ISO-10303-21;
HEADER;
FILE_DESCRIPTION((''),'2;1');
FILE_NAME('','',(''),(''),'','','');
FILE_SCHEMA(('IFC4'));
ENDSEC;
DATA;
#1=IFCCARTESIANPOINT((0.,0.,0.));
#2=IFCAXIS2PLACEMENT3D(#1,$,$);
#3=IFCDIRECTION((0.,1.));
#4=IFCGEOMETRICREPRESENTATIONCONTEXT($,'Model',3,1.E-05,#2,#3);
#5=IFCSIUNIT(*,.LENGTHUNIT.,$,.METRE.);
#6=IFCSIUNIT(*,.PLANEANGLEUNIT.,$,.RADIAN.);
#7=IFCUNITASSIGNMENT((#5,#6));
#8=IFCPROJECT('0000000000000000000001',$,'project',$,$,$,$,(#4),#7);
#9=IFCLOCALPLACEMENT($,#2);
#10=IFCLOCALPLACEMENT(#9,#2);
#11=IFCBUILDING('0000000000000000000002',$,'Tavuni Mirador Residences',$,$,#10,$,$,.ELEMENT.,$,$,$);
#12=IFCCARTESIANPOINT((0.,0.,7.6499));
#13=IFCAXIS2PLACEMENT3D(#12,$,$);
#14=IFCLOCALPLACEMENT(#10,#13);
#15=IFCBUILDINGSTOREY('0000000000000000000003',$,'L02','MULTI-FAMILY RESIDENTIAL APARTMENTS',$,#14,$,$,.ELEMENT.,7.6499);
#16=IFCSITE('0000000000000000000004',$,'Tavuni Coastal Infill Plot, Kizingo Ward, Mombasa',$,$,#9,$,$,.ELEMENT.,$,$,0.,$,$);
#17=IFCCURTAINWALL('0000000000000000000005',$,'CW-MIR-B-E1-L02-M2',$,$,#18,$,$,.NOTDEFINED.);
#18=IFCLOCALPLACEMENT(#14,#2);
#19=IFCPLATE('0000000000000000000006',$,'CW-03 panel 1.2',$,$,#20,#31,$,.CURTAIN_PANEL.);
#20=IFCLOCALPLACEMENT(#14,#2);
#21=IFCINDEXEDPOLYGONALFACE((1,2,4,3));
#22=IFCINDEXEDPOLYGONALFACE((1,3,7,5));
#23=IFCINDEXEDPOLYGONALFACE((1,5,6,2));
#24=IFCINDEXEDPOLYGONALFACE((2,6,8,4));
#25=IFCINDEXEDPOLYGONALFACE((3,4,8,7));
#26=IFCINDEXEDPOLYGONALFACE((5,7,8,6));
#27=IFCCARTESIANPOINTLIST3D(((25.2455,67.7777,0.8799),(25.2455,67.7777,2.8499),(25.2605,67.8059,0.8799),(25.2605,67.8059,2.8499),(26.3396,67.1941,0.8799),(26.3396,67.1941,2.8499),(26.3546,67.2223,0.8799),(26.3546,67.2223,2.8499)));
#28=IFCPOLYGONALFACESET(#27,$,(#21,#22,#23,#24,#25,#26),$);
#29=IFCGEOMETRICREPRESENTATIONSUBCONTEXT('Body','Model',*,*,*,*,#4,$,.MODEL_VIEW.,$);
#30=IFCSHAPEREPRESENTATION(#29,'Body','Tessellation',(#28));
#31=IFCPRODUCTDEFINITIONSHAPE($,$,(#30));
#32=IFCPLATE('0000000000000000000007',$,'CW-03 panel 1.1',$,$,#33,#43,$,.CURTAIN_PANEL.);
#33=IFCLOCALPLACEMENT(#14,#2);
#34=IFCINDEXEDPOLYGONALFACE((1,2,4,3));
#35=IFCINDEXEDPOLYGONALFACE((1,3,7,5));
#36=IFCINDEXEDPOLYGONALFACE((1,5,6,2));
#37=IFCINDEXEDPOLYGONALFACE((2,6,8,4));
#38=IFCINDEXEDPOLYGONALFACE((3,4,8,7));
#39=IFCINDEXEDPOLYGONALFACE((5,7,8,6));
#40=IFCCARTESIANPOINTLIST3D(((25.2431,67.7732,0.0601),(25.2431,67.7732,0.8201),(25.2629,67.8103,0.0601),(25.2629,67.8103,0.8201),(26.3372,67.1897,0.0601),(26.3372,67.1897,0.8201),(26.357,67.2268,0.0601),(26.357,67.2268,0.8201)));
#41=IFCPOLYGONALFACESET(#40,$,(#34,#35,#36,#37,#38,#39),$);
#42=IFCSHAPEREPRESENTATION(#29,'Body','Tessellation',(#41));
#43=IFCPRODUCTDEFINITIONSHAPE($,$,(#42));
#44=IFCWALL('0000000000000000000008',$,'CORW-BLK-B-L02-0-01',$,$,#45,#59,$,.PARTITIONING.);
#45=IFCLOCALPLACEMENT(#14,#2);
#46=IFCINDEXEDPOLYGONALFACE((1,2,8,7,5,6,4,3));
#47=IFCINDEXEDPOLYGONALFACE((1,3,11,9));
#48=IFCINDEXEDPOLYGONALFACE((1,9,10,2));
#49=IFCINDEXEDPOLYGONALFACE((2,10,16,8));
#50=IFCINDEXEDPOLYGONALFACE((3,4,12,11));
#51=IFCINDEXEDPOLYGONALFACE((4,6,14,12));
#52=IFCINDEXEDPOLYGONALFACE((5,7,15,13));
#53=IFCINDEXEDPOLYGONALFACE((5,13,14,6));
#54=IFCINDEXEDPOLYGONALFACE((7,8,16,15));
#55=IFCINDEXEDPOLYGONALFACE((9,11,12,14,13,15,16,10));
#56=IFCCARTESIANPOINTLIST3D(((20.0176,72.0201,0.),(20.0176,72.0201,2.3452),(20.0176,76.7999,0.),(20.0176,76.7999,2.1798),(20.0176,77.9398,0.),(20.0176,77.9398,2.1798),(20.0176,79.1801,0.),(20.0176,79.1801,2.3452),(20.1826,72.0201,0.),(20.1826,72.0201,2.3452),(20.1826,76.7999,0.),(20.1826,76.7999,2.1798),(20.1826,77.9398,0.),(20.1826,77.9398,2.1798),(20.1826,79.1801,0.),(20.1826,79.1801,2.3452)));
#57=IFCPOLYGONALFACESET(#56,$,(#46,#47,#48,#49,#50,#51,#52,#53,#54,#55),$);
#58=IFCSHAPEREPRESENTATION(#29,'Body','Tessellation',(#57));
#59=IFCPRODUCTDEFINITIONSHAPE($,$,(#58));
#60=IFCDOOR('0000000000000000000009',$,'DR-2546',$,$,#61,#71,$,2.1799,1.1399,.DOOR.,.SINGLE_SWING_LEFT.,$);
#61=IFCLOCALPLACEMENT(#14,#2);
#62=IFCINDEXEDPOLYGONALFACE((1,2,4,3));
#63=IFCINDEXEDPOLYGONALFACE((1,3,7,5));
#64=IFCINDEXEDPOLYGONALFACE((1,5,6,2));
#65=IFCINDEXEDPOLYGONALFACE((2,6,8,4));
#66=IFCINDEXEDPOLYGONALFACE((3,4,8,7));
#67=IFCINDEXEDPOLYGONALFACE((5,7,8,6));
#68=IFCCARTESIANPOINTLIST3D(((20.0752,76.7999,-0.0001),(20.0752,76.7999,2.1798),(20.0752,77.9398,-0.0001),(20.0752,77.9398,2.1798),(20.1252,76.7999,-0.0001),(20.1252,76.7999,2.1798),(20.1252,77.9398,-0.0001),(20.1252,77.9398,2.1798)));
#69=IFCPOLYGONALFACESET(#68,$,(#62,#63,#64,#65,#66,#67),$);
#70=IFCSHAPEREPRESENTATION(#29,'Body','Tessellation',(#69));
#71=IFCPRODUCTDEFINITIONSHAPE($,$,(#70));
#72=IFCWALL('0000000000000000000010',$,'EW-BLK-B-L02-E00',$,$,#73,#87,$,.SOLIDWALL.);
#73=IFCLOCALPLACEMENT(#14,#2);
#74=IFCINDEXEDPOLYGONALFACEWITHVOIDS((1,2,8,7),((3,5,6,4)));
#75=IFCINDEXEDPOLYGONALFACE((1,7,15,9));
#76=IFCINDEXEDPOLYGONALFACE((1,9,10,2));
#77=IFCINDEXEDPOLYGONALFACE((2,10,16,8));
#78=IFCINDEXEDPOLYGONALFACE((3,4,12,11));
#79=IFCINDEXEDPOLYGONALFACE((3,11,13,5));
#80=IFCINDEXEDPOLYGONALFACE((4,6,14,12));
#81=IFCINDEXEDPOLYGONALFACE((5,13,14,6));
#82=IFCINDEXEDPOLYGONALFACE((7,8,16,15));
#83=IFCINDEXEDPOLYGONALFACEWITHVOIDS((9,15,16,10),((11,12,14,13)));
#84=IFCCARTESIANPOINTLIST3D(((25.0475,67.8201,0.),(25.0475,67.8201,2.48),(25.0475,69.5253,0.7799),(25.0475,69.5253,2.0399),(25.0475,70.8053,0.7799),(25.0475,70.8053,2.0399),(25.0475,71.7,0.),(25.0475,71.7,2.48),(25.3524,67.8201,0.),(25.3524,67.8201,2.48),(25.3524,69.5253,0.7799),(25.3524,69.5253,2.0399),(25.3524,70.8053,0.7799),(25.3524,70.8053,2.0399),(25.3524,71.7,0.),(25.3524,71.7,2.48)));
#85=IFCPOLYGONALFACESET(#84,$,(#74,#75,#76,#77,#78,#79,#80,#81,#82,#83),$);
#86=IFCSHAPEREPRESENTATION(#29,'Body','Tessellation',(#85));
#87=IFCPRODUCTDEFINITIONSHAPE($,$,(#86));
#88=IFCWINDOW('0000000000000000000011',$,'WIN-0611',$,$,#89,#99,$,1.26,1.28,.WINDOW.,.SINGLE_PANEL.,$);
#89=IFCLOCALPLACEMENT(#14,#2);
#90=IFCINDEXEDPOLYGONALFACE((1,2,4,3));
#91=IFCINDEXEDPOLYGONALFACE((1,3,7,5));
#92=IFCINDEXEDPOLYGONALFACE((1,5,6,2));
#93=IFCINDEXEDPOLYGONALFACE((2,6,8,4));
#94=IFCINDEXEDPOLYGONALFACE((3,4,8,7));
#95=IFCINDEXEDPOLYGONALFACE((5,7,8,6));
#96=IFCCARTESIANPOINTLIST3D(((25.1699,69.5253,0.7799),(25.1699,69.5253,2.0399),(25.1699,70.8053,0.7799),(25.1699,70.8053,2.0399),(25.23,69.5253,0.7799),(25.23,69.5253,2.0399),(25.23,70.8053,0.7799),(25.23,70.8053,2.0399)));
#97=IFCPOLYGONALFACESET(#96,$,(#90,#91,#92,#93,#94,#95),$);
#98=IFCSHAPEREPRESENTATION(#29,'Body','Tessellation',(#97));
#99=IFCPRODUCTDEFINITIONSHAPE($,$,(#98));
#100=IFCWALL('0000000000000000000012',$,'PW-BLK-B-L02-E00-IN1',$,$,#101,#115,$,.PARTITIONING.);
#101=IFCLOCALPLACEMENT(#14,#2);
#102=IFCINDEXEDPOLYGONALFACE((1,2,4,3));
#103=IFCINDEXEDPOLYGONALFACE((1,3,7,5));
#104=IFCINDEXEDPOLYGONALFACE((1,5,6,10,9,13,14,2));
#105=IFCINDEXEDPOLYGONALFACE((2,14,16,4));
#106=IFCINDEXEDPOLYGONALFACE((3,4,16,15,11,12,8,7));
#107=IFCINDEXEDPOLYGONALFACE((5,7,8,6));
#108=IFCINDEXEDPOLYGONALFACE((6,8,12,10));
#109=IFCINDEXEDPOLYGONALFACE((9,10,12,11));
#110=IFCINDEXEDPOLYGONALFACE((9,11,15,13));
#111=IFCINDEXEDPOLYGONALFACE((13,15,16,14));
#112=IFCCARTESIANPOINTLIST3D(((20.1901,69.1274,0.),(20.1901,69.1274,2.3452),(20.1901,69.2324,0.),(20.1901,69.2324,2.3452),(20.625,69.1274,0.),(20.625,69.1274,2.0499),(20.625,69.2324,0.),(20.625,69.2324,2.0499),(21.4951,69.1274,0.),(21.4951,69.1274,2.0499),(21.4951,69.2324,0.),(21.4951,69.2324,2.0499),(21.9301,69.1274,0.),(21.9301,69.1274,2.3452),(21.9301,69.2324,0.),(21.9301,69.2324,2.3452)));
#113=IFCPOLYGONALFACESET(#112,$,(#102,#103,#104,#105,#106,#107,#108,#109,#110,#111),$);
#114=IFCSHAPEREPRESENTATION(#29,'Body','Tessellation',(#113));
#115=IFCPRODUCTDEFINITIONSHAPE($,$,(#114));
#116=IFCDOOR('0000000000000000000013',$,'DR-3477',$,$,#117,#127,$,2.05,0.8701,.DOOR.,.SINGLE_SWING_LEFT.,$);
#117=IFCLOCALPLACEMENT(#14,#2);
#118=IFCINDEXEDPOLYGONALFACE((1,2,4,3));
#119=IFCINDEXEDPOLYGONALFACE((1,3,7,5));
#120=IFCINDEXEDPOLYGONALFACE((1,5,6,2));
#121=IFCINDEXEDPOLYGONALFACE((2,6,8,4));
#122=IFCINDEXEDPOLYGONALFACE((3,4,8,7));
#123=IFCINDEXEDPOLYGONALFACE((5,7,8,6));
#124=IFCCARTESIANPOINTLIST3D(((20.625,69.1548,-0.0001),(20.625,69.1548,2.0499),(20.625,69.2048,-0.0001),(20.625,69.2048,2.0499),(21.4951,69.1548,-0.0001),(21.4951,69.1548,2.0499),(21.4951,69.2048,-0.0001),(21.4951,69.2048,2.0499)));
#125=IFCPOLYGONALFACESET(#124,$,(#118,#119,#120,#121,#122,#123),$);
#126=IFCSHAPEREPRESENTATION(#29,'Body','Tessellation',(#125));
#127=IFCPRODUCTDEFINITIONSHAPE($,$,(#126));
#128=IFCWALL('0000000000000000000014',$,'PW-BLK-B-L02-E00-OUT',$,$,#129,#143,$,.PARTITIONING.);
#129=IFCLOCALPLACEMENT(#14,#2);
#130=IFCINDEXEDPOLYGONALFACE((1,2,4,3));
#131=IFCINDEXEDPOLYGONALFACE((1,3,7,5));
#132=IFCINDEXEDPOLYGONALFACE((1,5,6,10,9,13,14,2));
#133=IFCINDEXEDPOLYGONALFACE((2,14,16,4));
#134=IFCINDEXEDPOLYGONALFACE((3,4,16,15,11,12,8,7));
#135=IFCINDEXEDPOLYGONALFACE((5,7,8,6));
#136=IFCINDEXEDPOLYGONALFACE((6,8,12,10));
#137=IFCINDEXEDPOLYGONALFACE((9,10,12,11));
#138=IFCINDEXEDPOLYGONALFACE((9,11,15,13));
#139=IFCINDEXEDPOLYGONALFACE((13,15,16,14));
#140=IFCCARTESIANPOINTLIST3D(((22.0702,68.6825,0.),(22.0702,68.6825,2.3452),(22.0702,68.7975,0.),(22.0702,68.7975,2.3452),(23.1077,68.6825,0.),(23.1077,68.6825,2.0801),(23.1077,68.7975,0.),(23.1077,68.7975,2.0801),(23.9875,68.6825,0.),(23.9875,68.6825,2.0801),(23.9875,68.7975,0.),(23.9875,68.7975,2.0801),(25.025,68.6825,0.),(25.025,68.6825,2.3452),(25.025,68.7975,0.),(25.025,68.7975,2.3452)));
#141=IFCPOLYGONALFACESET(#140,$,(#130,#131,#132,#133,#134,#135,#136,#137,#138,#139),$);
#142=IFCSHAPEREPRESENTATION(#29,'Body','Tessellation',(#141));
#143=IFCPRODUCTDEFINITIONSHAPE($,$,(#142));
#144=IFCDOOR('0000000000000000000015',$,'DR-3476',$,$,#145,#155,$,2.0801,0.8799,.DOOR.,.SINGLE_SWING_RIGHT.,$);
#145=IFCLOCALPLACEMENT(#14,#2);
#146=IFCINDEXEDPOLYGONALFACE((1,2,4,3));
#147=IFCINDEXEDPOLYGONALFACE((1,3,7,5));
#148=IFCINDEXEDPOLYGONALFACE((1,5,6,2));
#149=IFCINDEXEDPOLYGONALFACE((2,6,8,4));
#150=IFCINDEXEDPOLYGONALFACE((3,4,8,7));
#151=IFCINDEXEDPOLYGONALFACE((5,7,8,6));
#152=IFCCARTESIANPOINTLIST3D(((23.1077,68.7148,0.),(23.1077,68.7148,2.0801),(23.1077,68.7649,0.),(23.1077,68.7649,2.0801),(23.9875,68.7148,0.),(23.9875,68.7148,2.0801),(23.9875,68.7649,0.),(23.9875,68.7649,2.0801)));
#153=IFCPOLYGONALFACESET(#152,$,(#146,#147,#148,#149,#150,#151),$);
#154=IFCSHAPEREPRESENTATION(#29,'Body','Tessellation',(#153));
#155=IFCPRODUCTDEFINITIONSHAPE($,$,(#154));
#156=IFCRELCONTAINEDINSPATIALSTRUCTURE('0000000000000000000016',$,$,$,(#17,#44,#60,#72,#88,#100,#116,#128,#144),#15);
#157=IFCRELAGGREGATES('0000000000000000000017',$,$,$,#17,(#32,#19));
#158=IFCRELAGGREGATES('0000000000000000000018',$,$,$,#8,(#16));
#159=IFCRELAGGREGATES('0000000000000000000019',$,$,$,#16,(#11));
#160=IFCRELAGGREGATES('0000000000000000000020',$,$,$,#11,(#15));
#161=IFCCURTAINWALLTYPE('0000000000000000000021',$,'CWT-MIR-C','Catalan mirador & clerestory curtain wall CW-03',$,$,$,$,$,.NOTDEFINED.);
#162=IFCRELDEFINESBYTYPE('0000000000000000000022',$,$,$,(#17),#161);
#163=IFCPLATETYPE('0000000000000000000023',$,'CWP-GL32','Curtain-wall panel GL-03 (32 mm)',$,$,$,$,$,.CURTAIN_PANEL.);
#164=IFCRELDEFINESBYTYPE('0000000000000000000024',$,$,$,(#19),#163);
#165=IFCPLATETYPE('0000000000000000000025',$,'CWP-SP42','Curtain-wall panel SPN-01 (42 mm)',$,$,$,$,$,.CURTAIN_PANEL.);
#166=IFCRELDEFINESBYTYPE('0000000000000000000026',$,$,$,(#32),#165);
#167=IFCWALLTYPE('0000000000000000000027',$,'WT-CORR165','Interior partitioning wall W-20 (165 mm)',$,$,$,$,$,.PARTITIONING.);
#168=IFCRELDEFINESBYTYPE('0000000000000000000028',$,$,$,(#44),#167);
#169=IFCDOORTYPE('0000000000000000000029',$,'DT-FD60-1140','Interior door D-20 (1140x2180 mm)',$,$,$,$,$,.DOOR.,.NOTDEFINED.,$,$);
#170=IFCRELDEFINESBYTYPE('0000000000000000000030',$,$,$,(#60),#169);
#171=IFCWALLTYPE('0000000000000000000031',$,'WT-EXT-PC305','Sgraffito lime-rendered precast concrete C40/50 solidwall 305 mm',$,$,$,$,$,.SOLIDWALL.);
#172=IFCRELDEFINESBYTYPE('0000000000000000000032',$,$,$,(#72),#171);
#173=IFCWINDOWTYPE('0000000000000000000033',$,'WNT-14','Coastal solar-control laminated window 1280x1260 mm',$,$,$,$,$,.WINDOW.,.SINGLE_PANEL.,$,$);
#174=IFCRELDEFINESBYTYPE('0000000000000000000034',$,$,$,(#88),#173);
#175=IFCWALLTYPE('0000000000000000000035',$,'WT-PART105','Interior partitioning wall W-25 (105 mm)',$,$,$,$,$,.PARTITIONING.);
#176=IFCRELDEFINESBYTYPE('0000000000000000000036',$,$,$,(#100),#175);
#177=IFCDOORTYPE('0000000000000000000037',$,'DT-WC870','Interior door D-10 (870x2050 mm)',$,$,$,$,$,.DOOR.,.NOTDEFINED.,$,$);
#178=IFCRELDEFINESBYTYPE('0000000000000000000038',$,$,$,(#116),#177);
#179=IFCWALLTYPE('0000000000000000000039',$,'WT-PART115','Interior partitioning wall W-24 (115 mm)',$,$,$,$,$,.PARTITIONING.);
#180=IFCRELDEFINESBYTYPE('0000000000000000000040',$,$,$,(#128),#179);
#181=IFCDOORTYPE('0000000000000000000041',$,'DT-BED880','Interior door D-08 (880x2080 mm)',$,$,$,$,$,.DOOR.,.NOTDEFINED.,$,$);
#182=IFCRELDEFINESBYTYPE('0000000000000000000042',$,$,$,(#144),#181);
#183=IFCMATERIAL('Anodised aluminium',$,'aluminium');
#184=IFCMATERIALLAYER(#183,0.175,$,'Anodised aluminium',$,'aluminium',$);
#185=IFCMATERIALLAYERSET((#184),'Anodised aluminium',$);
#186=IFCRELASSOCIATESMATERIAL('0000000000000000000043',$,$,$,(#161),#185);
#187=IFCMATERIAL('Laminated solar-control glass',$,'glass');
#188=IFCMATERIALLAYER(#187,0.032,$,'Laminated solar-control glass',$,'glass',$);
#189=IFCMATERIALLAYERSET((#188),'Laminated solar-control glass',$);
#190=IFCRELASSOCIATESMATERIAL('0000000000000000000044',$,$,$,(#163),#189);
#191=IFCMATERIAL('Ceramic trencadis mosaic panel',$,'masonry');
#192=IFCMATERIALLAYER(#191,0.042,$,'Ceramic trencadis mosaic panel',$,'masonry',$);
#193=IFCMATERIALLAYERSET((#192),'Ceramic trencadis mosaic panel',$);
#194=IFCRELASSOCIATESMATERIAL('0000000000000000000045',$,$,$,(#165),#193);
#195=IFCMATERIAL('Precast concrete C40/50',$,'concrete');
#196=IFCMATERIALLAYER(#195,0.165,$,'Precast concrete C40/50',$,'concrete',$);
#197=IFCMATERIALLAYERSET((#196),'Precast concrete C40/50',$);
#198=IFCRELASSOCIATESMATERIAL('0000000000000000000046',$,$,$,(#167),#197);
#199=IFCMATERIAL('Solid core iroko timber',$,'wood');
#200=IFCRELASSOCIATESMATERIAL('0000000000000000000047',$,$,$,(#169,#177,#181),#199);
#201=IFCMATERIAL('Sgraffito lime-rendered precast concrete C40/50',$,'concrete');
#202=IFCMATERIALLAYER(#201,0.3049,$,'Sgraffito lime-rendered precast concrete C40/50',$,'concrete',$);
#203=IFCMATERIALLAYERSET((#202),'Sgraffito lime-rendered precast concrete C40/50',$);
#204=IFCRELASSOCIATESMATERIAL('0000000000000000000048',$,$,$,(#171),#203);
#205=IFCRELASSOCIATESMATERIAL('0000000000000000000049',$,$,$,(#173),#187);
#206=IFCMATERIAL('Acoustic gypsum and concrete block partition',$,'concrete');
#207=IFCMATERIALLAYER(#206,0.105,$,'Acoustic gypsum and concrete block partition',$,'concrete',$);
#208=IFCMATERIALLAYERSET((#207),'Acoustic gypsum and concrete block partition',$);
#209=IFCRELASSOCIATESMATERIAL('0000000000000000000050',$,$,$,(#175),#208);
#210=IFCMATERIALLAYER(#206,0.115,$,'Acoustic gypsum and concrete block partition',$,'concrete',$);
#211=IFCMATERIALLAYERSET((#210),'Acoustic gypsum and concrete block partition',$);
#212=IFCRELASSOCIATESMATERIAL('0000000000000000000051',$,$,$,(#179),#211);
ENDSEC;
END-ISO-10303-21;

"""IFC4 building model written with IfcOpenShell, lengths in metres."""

from ifc_helpers import new_model, si_unit, direction, frame, frame_2d, origin, origin_2d, place, context, subcontext, project, spatial, rectangle, extrude, material, layer, layer_set, type_object, element, fill, aggregate, save


model = new_model("IFC4")

# Units and contexts
model_context = context("Model", 3, precision=1e-05, world=origin(), true_north=direction((0.0, 1.0)))
body_context = subcontext(model_context, "Body", "Model", "MODEL_VIEW")
ifc_project = project(units=[si_unit("LENGTHUNIT", "METRE"), si_unit("PLANEANGLEUNIT", "RADIAN")], contexts=[model_context])

# Site, building, storey
site_placement = place(None, origin())
site = spatial("IfcSite", under=ifc_project, at=site_placement, Name="Tavuni Coastal Infill Plot, Kizingo Ward, Mombasa", CompositionType="ELEMENT", RefElevation=0.0)
building_placement = place(site_placement, origin())
building = spatial("IfcBuilding", under=site, at=building_placement, Name="Tavuni Mirador Residences", CompositionType="ELEMENT")
storey_placement = place(building_placement, frame((0.0, 0.0, 7.6499)))
storey = spatial("IfcBuildingStorey", under=building, at=storey_placement, Name="L02", Description="MULTI-FAMILY RESIDENTIAL APARTMENTS", CompositionType="ELEMENT", Elevation=7.6499)

# Shared definitions
ifc_material_1 = material(Name="Precast concrete C40/50", Category="concrete")

# Curtain wall
ifc_material_2 = material(Name="Anodised aluminium", Category="aluminium")
ifc_layer_1 = layer(ifc_material_2, 0.175, Name="Anodised aluminium", Category="aluminium")
ifc_layer_set_1 = layer_set([ifc_layer_1], Name="Anodised aluminium")
curtain_wall_type = type_object("IfcCurtainWallType", Name="CWT-MIR-C", Description="Catalan mirador & clerestory curtain wall CW-03", PredefinedType="NOTDEFINED", material=ifc_layer_set_1)
curtain_wall_placement = place(storey_placement, origin())
curtain_wall = element("IfcCurtainWall", 1, at=curtain_wall_placement, inside=storey, type_object=curtain_wall_type, Name="CW-MIR-B-E1-L02-M2", PredefinedType="NOTDEFINED")

# Plates
ifc_material_3 = material(Name="Laminated solar-control glass", Category="glass")
ifc_layer_2 = layer(ifc_material_3, 0.032, Name="Laminated solar-control glass", Category="glass")
ifc_layer_set_2 = layer_set([ifc_layer_2], Name="Laminated solar-control glass")
plate_type_1 = type_object("IfcPlateType", Name="CWP-GL32", Description="Curtain-wall panel GL-03 (32 mm)", PredefinedType="CURTAIN_PANEL", material=ifc_layer_set_2)
plate_1_placement = place(storey_placement, frame((25.8, 67.5, 0.8799), z_axis=(0.0, 0.0, 1.0), x_axis=(-0.882353, 0.470588, 0.0)))
plate_1 = element("IfcPlate", 2, at=plate_1_placement, type_object=plate_type_1, Name="CW-03 panel 1.2", PredefinedType="CURTAIN_PANEL", context=body_context, shape_type="SweptSolid", body=[
    extrude(rectangle(XDim=1.24, YDim=0.032, at=origin_2d()), origin(), (0.0, 0.0, 1.0), 1.97),
])
ifc_material_4 = material(Name="Ceramic trencadis mosaic panel", Category="masonry")
ifc_layer_3 = layer(ifc_material_4, 0.042, Name="Ceramic trencadis mosaic panel", Category="masonry")
ifc_layer_set_3 = layer_set([ifc_layer_3], Name="Ceramic trencadis mosaic panel")
plate_type_2 = type_object("IfcPlateType", Name="CWP-SP42", Description="Curtain-wall panel SPN-01 (42 mm)", PredefinedType="CURTAIN_PANEL", material=ifc_layer_set_3)
plate_2_placement = place(storey_placement, frame((25.8, 67.5, 0.0601), z_axis=(0.0, 0.0, 1.0), x_axis=(-0.882353, 0.470588, 0.0)))
plate_2 = element("IfcPlate", 3, at=plate_2_placement, type_object=plate_type_2, Name="CW-03 panel 1.1", PredefinedType="CURTAIN_PANEL", context=body_context, shape_type="SweptSolid", body=[
    extrude(rectangle(XDim=1.24, YDim=0.042, at=origin_2d()), origin(), (0.0, 0.0, 1.0), 0.76),
])
aggregate(curtain_wall, [plate_2, plate_1])

# Wall, opening, door
ifc_layer_4 = layer(ifc_material_1, 0.165, Name="Precast concrete C40/50", Category="concrete")
ifc_layer_set_4 = layer_set([ifc_layer_4], Name="Precast concrete C40/50")
wall_type_1 = type_object("IfcWallType", Name="WT-CORR165", Description="Interior partitioning wall W-20 (165 mm)", PredefinedType="PARTITIONING", material=ifc_layer_set_4)
wall_1_placement = place(storey_placement, frame((20.1001, 72.02, 0.0), z_axis=(0.0, 0.0, 1.0), x_axis=(0.0, 1.0, 0.0)))
wall_1 = element("IfcWall", 4, at=wall_1_placement, inside=storey, type_object=wall_type_1, Name="CORW-BLK-B-L02-0-01", PredefinedType="PARTITIONING", context=body_context, shape_type="SweptSolid", body=[
    extrude(rectangle(XDim=7.1599, YDim=0.165, at=frame_2d((3.5801, 0.0))), origin(), (0.0, 0.0, 1.0), 2.3452),
])
opening_1_placement = place(wall_1_placement, frame((4.78, 0.0, 0.0)))
opening_1 = element("IfcOpeningElement", 5, at=opening_1_placement, cuts=wall_1, PredefinedType="OPENING", context=body_context, shape_type="SweptSolid", body=[
    extrude(rectangle(XDim=1.1399, YDim=2.1799, at=frame_2d((0.5698, 1.0898))), frame((0.0, 0.0925, 0.0), z_axis=(0.0, -1.0, 0.0), x_axis=(1.0, 0.0, 0.0)), (0.0, 0.0, 1.0), 0.1851),
])
ifc_material_5 = material(Name="Solid core iroko timber", Category="wood")
door_type_1 = type_object("IfcDoorType", Name="DT-FD60-1140", Description="Interior door D-20 (1140x2180 mm)", OperationType="NOTDEFINED", PredefinedType="DOOR", material=ifc_material_5)
door_1_placement = place(opening_1_placement, origin())
door_1 = element("IfcDoor", 6, at=door_1_placement, inside=storey, type_object=door_type_1, Name="DR-2546", OperationType="SINGLE_SWING_LEFT", OverallHeight=2.1799, OverallWidth=1.1399, PredefinedType="DOOR", context=body_context, shape_type="SweptSolid", body=[
    extrude(rectangle(XDim=1.1399, YDim=2.1799, at=frame_2d((0.5698, 1.0898))), frame((0.0, 0.0249, 0.0), z_axis=(0.0, -1.0, 0.0), x_axis=(1.0, 0.0, 0.0)), (0.0, 0.0, 1.0), 0.05),
])
fill(opening_1, door_1)

# Wall, opening, window
ifc_material_6 = material(Name="Sgraffito lime-rendered precast concrete C40/50", Category="concrete")
ifc_layer_5 = layer(ifc_material_6, 0.3049, Name="Sgraffito lime-rendered precast concrete C40/50", Category="concrete")
ifc_layer_set_5 = layer_set([ifc_layer_5], Name="Sgraffito lime-rendered precast concrete C40/50")
wall_type_2 = type_object("IfcWallType", Name="WT-EXT-PC305", Description="Sgraffito lime-rendered precast concrete C40/50 solidwall 305 mm", PredefinedType="SOLIDWALL", material=ifc_layer_set_5)
wall_2_placement = place(storey_placement, frame((25.2, 67.8201, 0.0), z_axis=(0.0, 0.0, 1.0), x_axis=(0.0, 1.0, 0.0)))
wall_2 = element("IfcWall", 7, at=wall_2_placement, inside=storey, type_object=wall_type_2, Name="EW-BLK-B-L02-E00", PredefinedType="SOLIDWALL", context=body_context, shape_type="SweptSolid", body=[
    extrude(rectangle(XDim=3.8799, YDim=0.3049, at=frame_2d((1.9399, 0.0))), origin(), (0.0, 0.0, 1.0), 2.48),
])
opening_2_placement = place(wall_2_placement, frame((1.7051, 0.0, 0.78)))
opening_2 = element("IfcOpeningElement", 8, at=opening_2_placement, cuts=wall_2, PredefinedType="OPENING", context=body_context, shape_type="SweptSolid", body=[
    extrude(rectangle(XDim=1.28, YDim=1.26, at=frame_2d((0.6401, 0.6299))), frame((0.0, 0.1626, 0.0), z_axis=(0.0, -1.0, 0.0), x_axis=(1.0, 0.0, 0.0)), (0.0, 0.0, 1.0), 0.325),
])
window_type = type_object("IfcWindowType", Name="WNT-14", Description="Coastal solar-control laminated window 1280x1260 mm", PartitioningType="SINGLE_PANEL", PredefinedType="WINDOW", material=ifc_material_3)
window_placement = place(opening_2_placement, origin())
window = element("IfcWindow", 9, at=window_placement, inside=storey, type_object=window_type, Name="WIN-0611", OverallHeight=1.26, OverallWidth=1.28, PartitioningType="SINGLE_PANEL", PredefinedType="WINDOW", context=body_context, shape_type="SweptSolid", body=[
    extrude(rectangle(XDim=1.28, YDim=1.26, at=frame_2d((0.6401, 0.6299))), frame((0.0, 0.03, 0.0), z_axis=(0.0, -1.0, 0.0), x_axis=(1.0, 0.0, 0.0)), (0.0, 0.0, 1.0), 0.0601),
])
fill(opening_2, window)

# Walls, openings, doors
ifc_material_7 = material(Name="Acoustic gypsum and concrete block partition", Category="concrete")
ifc_layer_6 = layer(ifc_material_7, 0.105, Name="Acoustic gypsum and concrete block partition", Category="concrete")
ifc_layer_set_6 = layer_set([ifc_layer_6], Name="Acoustic gypsum and concrete block partition")
wall_type_3 = type_object("IfcWallType", Name="WT-PART105", Description="Interior partitioning wall W-25 (105 mm)", PredefinedType="PARTITIONING", material=ifc_layer_set_6)
wall_3_placement = place(storey_placement, frame((20.1899, 69.1799, 0.0), z_axis=(0.0, 0.0, 1.0), x_axis=(1.0, 0.0, 0.0)))
wall_3 = element("IfcWall", 10, at=wall_3_placement, inside=storey, type_object=wall_type_3, Name="PW-BLK-B-L02-E00-IN1", PredefinedType="PARTITIONING", context=body_context, shape_type="SweptSolid", body=[
    extrude(rectangle(XDim=1.74, YDim=0.105, at=frame_2d((0.8701, 0.0))), origin(), (0.0, 0.0, 1.0), 2.3452),
])
opening_3_placement = place(wall_3_placement, frame((0.4351, 0.0, 0.0)))
opening_3 = element("IfcOpeningElement", 11, at=opening_3_placement, cuts=wall_3, PredefinedType="OPENING", context=body_context, shape_type="SweptSolid", body=[
    extrude(rectangle(XDim=0.8701, YDim=2.05, at=frame_2d((0.4351, 1.0249))), frame((0.0, 0.0625, 0.0), z_axis=(0.0, -1.0, 0.0), x_axis=(1.0, 0.0, 0.0)), (0.0, 0.0, 1.0), 0.125),
])
door_type_2 = type_object("IfcDoorType", Name="DT-WC870", Description="Interior door D-10 (870x2050 mm)", OperationType="NOTDEFINED", PredefinedType="DOOR", material=ifc_material_5)
door_2_placement = place(opening_3_placement, origin())
door_2 = element("IfcDoor", 12, at=door_2_placement, inside=storey, type_object=door_type_2, Name="DR-3477", OperationType="SINGLE_SWING_LEFT", OverallHeight=2.05, OverallWidth=0.8701, PredefinedType="DOOR", context=body_context, shape_type="SweptSolid", body=[
    extrude(rectangle(XDim=0.8701, YDim=2.05, at=frame_2d((0.4351, 1.0249))), frame((0.0, 0.0249, 0.0), z_axis=(0.0, -1.0, 0.0), x_axis=(1.0, 0.0, 0.0)), (0.0, 0.0, 1.0), 0.05),
])
fill(opening_3, door_2)
ifc_layer_7 = layer(ifc_material_7, 0.115, Name="Acoustic gypsum and concrete block partition", Category="concrete")
ifc_layer_set_7 = layer_set([ifc_layer_7], Name="Acoustic gypsum and concrete block partition")
wall_type_4 = type_object("IfcWallType", Name="WT-PART115", Description="Interior partitioning wall W-24 (115 mm)", PredefinedType="PARTITIONING", material=ifc_layer_set_7)
wall_4_placement = place(storey_placement, frame((22.0701, 68.74, 0.0), z_axis=(0.0, 0.0, 1.0), x_axis=(1.0, 0.0, 0.0)))
wall_4 = element("IfcWall", 13, at=wall_4_placement, inside=storey, type_object=wall_type_4, Name="PW-BLK-B-L02-E00-OUT", PredefinedType="PARTITIONING", context=body_context, shape_type="SweptSolid", body=[
    extrude(rectangle(XDim=2.9548, YDim=0.115, at=frame_2d((1.4775, 0.0))), origin(), (0.0, 0.0, 1.0), 2.3452),
])
opening_4_placement = place(wall_4_placement, frame((1.0376, 0.0, 0.0)))
opening_4 = element("IfcOpeningElement", 14, at=opening_4_placement, cuts=wall_4, PredefinedType="OPENING", context=body_context, shape_type="SweptSolid", body=[
    extrude(rectangle(XDim=0.8799, YDim=2.0801, at=frame_2d((0.4399, 1.04))), frame((0.0, 0.0674, 0.0), z_axis=(0.0, -1.0, 0.0), x_axis=(1.0, 0.0, 0.0)), (0.0, 0.0, 1.0), 0.135),
])
door_type_3 = type_object("IfcDoorType", Name="DT-BED880", Description="Interior door D-08 (880x2080 mm)", OperationType="NOTDEFINED", PredefinedType="DOOR", material=ifc_material_5)
door_3_placement = place(opening_4_placement, origin())
door_3 = element("IfcDoor", 15, at=door_3_placement, inside=storey, type_object=door_type_3, Name="DR-3476", OperationType="SINGLE_SWING_RIGHT", OverallHeight=2.0801, OverallWidth=0.8799, PredefinedType="DOOR", context=body_context, shape_type="SweptSolid", body=[
    extrude(rectangle(XDim=0.8799, YDim=2.0801, at=frame_2d((0.4399, 1.04))), frame((0.0, 0.0249, 0.0), z_axis=(0.0, -1.0, 0.0), x_axis=(1.0, 0.0, 0.0)), (0.0, 0.0, 1.0), 0.05),
])
fill(opening_4, door_3)

save(model, "model.ifc")
